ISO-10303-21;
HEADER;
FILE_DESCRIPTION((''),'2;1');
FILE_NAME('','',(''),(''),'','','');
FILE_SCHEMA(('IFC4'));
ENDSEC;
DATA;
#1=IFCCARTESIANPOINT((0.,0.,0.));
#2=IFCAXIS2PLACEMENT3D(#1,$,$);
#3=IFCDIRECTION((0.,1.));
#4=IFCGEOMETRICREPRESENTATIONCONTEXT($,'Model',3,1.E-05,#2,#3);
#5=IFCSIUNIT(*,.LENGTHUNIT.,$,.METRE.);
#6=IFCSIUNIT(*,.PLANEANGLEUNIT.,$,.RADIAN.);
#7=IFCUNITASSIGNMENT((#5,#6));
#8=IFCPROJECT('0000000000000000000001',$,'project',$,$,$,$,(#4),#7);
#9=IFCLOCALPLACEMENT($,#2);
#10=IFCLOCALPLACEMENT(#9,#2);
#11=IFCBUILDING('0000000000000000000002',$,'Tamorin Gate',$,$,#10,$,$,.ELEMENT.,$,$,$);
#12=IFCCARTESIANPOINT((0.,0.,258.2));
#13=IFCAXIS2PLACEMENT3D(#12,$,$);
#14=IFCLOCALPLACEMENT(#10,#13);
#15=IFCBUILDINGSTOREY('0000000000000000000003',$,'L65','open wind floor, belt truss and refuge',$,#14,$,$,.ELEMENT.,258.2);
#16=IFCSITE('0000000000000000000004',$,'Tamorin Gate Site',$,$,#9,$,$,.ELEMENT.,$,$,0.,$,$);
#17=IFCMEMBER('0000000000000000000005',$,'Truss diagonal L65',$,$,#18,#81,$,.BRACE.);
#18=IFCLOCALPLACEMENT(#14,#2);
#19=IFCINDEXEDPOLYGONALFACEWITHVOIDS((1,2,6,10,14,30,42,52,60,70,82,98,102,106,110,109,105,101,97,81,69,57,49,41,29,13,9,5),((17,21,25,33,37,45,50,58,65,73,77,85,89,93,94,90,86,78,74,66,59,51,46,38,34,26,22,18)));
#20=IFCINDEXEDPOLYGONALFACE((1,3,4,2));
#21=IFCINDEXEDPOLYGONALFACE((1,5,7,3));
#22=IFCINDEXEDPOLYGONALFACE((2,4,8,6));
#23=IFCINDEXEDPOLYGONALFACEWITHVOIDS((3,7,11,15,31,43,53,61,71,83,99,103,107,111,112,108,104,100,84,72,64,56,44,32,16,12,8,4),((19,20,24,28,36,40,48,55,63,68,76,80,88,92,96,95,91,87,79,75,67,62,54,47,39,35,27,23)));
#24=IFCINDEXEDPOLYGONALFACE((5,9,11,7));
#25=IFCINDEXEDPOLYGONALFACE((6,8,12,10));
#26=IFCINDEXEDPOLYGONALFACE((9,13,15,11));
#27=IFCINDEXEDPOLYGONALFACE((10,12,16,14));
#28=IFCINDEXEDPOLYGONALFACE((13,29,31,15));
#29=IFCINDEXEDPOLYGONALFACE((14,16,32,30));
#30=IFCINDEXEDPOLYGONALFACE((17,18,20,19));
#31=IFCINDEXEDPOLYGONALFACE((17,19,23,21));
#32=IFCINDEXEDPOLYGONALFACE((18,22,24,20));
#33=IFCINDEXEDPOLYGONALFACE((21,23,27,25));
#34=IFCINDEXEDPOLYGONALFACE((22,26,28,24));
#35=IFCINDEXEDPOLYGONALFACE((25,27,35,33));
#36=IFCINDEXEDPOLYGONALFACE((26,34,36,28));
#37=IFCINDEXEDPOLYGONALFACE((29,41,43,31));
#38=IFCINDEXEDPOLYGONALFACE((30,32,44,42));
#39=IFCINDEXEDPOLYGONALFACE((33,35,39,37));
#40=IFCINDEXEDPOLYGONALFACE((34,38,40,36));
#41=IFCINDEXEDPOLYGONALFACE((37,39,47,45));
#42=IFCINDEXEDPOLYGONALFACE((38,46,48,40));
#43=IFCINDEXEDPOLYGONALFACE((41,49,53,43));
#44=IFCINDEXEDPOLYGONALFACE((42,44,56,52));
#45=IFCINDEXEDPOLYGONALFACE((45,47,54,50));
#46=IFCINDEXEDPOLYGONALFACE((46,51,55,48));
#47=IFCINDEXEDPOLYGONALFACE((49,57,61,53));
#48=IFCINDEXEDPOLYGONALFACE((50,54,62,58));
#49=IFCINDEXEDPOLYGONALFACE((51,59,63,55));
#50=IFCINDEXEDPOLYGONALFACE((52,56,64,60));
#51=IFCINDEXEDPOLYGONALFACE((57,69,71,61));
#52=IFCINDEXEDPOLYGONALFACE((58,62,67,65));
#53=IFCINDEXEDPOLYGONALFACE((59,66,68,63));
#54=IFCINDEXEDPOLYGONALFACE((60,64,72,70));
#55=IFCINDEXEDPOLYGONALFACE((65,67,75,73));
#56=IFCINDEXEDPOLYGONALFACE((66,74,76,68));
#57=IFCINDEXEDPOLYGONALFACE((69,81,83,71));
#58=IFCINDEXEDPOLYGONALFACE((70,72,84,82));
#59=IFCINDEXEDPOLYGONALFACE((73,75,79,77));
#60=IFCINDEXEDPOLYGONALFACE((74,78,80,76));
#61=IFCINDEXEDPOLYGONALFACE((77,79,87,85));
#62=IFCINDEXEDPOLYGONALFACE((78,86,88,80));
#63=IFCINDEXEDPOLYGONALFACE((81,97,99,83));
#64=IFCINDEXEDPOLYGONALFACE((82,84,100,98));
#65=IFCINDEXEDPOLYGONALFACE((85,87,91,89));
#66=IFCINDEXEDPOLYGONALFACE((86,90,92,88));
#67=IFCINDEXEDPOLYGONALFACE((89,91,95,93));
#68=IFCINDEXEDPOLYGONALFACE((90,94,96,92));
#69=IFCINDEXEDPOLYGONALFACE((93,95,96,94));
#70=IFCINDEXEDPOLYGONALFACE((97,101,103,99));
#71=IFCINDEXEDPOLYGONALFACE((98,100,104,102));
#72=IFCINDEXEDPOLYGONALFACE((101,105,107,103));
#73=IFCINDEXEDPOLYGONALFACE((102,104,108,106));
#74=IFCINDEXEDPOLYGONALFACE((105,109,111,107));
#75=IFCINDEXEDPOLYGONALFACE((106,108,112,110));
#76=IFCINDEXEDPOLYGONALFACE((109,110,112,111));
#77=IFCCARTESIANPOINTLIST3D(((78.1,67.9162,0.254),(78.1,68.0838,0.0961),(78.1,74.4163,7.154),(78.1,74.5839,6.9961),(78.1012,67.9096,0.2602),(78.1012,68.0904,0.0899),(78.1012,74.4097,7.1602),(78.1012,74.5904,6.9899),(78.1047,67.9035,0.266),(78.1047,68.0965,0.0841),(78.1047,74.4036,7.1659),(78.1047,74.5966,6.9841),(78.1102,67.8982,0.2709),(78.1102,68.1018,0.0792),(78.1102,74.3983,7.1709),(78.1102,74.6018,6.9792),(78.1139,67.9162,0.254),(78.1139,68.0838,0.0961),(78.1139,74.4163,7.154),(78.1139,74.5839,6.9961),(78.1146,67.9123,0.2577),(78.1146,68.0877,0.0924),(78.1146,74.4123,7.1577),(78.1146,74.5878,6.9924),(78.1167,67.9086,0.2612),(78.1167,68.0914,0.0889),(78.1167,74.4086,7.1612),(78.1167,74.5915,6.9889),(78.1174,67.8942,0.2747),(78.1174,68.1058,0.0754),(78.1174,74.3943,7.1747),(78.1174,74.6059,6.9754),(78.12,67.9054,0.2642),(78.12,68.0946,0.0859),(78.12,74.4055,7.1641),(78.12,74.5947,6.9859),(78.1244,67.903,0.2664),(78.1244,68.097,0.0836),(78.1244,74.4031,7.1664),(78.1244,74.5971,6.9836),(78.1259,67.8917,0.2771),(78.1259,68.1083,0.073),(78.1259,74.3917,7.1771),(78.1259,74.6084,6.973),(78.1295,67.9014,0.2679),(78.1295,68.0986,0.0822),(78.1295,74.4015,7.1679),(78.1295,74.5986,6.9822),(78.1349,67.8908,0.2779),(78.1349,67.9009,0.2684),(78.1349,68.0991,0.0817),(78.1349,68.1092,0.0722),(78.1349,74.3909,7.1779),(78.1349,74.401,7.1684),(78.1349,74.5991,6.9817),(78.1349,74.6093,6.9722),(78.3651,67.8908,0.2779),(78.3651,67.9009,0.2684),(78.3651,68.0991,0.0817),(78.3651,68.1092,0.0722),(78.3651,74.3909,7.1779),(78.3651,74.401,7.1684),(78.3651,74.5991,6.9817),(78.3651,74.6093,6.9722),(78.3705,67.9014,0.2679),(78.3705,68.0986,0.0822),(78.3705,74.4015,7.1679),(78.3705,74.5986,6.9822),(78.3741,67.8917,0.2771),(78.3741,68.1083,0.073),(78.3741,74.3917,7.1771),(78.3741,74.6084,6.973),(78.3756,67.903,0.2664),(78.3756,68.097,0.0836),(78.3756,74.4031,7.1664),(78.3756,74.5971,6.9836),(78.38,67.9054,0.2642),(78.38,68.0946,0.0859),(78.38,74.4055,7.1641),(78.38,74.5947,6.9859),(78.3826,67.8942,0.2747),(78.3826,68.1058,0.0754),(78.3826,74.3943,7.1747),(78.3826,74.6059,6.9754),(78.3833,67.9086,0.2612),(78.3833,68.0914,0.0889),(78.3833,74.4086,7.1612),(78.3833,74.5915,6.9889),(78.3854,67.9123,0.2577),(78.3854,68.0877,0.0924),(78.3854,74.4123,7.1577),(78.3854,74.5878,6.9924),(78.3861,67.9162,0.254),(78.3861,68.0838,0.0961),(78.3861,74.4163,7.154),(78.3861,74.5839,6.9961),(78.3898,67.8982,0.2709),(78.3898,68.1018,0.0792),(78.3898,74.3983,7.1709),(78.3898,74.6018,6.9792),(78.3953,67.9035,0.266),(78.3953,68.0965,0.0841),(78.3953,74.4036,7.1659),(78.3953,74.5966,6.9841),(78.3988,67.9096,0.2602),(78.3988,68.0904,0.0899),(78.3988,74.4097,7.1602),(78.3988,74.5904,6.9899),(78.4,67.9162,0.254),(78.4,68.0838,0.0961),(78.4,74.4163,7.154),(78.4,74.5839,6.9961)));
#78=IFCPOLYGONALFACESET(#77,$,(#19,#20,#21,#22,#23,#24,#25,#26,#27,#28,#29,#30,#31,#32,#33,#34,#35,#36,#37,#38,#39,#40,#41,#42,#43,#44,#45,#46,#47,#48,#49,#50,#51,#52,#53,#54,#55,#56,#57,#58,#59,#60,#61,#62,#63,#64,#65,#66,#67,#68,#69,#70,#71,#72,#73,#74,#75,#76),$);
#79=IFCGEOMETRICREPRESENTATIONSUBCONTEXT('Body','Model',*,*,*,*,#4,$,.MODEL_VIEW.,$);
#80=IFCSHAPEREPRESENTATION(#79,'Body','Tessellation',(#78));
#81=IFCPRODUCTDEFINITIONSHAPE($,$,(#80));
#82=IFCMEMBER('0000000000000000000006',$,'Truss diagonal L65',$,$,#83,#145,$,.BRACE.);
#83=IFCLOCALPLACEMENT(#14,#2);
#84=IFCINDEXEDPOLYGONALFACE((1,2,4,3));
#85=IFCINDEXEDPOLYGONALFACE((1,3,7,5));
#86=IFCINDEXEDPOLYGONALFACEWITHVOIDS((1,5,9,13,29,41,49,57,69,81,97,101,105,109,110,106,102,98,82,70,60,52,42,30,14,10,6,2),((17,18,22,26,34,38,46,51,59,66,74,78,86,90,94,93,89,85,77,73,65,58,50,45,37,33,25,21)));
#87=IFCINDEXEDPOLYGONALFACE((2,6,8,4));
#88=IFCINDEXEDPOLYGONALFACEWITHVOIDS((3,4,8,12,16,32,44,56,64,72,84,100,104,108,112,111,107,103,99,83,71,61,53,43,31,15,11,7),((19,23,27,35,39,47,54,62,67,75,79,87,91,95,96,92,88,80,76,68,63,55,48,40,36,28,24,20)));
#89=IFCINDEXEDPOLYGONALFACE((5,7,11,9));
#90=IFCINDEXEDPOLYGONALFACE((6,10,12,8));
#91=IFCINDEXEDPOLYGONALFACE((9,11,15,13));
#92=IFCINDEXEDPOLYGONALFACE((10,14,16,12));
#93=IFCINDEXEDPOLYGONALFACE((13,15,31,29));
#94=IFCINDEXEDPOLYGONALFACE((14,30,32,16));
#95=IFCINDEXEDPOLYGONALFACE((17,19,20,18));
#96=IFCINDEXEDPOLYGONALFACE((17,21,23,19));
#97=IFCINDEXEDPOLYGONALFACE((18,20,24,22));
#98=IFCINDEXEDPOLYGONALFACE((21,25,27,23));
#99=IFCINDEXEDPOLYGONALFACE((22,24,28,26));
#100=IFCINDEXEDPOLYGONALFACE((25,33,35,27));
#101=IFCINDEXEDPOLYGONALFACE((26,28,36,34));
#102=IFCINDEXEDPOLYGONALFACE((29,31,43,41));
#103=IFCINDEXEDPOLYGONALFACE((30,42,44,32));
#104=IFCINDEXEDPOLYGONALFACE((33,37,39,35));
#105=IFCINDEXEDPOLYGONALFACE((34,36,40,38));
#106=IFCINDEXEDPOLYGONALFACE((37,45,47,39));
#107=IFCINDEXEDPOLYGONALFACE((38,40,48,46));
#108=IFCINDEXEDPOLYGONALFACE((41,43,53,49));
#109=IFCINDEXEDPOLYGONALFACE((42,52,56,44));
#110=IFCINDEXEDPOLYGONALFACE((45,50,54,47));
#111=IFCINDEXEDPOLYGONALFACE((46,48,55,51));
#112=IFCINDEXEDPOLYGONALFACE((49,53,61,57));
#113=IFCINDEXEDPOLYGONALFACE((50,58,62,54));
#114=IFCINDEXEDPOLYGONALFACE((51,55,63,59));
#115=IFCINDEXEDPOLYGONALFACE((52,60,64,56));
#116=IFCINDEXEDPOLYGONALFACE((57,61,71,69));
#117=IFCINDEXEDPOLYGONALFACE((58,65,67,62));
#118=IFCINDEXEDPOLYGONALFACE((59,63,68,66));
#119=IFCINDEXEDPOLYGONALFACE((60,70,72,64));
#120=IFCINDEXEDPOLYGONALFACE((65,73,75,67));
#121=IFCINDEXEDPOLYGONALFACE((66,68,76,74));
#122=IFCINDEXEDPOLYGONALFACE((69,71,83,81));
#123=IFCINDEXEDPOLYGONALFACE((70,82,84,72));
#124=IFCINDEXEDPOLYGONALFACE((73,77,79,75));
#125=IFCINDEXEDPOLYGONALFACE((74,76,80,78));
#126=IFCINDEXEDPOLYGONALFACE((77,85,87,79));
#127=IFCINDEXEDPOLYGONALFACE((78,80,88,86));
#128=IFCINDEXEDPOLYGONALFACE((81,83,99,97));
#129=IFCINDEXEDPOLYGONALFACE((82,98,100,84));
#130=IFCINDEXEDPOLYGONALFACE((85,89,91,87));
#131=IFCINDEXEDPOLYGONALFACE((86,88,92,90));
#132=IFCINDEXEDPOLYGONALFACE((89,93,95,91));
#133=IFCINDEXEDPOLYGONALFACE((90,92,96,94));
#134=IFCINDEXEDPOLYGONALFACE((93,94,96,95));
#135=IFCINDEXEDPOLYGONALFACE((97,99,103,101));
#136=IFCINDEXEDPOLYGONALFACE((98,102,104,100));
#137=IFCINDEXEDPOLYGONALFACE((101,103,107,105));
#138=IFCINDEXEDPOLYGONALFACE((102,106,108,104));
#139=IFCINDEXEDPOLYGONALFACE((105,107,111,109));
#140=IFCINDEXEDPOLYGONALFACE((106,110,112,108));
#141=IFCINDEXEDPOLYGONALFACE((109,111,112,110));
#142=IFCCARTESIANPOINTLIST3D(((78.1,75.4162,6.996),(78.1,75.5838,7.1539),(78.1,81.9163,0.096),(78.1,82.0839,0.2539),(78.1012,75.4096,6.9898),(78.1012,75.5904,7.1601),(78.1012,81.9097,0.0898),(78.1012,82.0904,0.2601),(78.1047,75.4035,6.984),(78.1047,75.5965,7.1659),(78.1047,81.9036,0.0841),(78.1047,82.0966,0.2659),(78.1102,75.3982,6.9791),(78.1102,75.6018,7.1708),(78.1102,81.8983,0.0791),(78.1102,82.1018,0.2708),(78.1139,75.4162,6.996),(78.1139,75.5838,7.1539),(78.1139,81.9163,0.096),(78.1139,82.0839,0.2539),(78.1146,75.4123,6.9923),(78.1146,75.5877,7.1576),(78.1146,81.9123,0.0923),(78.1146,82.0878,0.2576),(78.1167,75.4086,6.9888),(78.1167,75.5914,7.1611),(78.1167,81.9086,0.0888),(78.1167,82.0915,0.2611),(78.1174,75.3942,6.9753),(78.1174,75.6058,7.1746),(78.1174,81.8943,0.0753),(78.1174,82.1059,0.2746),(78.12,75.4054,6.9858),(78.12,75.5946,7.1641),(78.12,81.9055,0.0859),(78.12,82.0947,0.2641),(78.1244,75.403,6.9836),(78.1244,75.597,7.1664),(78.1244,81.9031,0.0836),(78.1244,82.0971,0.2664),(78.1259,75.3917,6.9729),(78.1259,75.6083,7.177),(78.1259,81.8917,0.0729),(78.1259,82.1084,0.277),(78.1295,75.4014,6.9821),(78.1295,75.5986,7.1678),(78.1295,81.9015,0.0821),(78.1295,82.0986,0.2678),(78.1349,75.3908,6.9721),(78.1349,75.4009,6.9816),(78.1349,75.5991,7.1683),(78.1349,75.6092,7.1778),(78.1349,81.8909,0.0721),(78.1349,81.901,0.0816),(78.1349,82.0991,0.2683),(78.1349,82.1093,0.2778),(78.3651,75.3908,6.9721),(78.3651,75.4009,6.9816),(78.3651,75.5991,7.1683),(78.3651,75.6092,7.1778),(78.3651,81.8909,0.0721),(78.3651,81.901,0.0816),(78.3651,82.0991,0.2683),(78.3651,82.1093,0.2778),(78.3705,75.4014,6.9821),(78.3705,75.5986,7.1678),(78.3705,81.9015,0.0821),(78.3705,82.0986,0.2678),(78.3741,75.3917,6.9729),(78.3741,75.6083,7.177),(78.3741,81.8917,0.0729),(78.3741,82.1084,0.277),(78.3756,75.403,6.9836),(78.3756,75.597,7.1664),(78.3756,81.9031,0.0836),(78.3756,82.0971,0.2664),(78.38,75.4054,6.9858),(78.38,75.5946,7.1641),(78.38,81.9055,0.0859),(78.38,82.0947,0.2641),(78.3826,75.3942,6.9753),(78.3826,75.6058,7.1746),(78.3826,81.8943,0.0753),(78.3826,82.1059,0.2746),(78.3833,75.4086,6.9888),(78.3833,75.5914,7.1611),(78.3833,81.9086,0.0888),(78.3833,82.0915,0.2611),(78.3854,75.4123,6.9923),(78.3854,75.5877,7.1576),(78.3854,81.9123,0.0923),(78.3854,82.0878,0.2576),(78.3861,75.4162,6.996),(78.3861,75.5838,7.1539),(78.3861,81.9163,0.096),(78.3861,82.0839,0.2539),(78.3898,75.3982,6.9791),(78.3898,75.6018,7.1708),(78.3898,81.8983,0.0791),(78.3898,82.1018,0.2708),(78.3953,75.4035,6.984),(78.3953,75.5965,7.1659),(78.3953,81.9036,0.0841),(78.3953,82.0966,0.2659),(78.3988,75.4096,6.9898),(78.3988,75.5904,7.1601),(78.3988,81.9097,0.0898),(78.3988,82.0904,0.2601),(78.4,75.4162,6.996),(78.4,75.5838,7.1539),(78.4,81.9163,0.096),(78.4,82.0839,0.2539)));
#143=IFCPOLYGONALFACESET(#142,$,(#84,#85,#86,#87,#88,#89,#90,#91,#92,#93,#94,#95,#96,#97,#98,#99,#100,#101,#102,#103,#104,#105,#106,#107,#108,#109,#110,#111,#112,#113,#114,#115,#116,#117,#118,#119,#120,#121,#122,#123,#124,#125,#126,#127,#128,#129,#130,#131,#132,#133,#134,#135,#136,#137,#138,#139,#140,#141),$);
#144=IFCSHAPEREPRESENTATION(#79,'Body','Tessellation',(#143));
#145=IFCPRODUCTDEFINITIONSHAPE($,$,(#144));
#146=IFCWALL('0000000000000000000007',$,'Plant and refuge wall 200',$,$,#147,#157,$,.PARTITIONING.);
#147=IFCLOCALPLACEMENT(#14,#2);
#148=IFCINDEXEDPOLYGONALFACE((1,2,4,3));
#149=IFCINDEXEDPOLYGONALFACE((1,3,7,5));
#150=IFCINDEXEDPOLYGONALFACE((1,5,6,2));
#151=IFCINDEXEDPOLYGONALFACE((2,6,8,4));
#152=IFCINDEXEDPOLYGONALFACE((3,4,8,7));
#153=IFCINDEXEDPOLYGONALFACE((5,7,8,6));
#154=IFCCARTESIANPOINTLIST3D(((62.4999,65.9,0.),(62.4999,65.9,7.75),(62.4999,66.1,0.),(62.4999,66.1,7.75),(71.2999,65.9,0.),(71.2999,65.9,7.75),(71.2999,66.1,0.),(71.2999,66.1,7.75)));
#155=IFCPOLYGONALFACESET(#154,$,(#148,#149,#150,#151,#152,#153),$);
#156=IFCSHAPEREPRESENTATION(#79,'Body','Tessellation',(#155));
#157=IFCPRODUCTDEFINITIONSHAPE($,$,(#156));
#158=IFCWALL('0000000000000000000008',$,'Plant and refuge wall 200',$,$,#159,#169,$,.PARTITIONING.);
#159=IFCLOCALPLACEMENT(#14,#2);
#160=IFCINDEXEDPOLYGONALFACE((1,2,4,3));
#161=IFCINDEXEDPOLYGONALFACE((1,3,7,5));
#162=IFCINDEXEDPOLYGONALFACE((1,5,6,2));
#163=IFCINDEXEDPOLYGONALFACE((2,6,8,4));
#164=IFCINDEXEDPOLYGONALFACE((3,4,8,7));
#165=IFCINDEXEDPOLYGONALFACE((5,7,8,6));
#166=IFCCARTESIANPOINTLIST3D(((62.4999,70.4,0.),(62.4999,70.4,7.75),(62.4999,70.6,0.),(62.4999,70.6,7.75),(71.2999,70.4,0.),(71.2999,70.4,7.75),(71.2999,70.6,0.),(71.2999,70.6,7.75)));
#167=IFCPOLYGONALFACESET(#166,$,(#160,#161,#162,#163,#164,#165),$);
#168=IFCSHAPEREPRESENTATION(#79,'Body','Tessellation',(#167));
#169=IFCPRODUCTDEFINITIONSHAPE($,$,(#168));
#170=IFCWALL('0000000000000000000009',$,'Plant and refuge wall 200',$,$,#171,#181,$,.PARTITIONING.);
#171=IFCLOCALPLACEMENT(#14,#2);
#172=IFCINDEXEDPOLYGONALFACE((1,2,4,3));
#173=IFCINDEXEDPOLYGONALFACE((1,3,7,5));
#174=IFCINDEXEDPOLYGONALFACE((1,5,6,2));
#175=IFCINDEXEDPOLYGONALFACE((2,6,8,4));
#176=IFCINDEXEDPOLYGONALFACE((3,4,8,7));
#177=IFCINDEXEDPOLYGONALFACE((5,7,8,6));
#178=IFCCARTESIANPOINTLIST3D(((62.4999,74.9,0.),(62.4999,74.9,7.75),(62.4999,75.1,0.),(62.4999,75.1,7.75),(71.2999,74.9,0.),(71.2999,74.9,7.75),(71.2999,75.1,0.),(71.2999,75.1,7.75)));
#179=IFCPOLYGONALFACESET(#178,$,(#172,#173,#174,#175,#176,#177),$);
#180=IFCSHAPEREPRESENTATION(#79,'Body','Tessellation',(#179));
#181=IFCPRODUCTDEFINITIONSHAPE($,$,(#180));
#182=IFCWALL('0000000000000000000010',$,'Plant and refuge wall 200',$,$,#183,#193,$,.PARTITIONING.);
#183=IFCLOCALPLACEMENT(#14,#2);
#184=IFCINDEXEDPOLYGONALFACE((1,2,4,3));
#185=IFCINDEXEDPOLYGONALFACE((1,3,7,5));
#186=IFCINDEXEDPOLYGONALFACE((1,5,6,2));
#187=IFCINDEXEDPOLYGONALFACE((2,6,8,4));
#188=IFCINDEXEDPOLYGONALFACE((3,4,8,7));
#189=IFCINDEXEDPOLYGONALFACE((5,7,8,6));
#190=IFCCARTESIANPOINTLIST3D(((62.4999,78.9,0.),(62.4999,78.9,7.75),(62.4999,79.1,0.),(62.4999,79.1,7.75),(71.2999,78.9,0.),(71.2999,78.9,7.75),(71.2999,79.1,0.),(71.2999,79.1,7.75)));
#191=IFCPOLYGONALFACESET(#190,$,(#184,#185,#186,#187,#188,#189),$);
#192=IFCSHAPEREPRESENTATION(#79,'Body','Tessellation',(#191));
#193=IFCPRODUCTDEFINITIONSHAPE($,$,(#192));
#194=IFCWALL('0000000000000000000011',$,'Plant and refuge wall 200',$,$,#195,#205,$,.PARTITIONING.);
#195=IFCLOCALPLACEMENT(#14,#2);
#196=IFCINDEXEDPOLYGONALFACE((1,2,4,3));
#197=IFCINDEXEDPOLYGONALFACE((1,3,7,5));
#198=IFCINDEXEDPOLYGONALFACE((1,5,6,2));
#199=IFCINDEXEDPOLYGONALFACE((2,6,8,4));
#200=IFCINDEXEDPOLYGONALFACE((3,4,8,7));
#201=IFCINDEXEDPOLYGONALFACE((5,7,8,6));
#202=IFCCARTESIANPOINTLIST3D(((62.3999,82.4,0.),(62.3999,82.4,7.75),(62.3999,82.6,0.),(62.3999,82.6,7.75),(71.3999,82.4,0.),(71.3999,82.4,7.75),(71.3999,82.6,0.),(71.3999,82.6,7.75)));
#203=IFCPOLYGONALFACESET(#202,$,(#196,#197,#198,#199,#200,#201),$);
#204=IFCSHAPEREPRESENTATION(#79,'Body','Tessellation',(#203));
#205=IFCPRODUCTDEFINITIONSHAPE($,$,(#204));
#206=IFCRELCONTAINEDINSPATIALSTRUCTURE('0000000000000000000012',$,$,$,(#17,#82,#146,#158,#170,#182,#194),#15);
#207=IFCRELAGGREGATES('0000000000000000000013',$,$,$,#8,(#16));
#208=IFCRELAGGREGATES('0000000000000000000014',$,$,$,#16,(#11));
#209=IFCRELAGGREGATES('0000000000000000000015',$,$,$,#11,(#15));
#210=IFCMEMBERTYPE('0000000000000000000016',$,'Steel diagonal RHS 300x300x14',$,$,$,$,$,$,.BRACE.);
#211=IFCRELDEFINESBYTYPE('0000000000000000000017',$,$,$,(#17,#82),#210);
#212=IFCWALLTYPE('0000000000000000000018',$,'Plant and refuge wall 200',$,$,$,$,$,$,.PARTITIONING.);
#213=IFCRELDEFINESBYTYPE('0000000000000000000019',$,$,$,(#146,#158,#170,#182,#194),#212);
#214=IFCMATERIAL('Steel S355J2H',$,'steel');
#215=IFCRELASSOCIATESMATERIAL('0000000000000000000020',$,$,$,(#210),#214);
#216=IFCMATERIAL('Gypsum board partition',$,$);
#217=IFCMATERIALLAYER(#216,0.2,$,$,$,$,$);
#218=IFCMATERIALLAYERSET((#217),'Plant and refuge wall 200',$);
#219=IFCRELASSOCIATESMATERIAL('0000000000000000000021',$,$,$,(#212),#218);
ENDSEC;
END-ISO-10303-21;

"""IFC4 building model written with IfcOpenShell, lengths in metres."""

from ifc_helpers import new_model, si_unit, direction, frame, frame_2d, origin, origin_2d, place, context, subcontext, project, spatial, rectangle, hollow_rectangle, extrude, material, layer, layer_set, material_profile, profile_set, type_object, element, save


model = new_model("IFC4")

# Units and contexts
model_context = context("Model", 3, precision=1e-05, world=origin(), true_north=direction((0.0, 1.0)))
body_context = subcontext(model_context, "Body", "Model", "MODEL_VIEW")
ifc_project = project(units=[si_unit("LENGTHUNIT", "METRE"), si_unit("PLANEANGLEUNIT", "RADIAN")], contexts=[model_context])

# Site, building, storey
site_placement = place(None, origin())
site = spatial("IfcSite", under=ifc_project, at=site_placement, Name="Tamorin Gate Site", CompositionType="ELEMENT", RefElevation=0.0)
building_placement = place(site_placement, origin())
building = spatial("IfcBuilding", under=site, at=building_placement, Name="Tamorin Gate", CompositionType="ELEMENT")
storey_placement = place(building_placement, frame((0.0, 0.0, 258.2)))
storey = spatial("IfcBuildingStorey", under=building, at=storey_placement, Name="L65", Description="open wind floor, belt truss and refuge", CompositionType="ELEMENT", Elevation=258.2)

# Members
ifc_material_1 = material(Name="Steel S355J2H", Category="steel")
ifc_material_profile_1 = material_profile(ifc_material_1, hollow_rectangle(XDim=0.3, YDim=0.3, WallThickness=0.0139, InnerFilletRadius=0.021, OuterFilletRadius=0.0349, at=origin_2d()), Name="RHS 300x300x14")
ifc_profile_set_1 = profile_set([ifc_material_profile_1], Name="Steel S355J2H")
member_type_1 = type_object("IfcMemberType", Name="Steel diagonal RHS 300x300x14", PredefinedType="BRACE", material=ifc_profile_set_1)
for number, where, z_axis, x_axis, name in (
    (1, (78.25, 68.0, 0.175), (0.0, 0.685699, 0.727885), (-1.0, 0.0, 0.0), "Truss diagonal L65"),
    (2, (78.25, 75.5, 7.075), (0.0, 0.685699, -0.727885), (-1.0, 0.0, 0.0), "Truss diagonal L65"),
):
    element("IfcMember", number, at=place(storey_placement, frame(where, z_axis=z_axis, x_axis=x_axis)), inside=storey, type_object=member_type_1, Name=name, PredefinedType="BRACE", context=body_context, shape_type="SweptSolid", body=[
        extrude(hollow_rectangle(XDim=0.3, YDim=0.3, WallThickness=0.0139, InnerFilletRadius=0.021, OuterFilletRadius=0.0349, at=origin_2d()), origin(), (0.0, 0.0, 1.0), 9.4795),
    ])

# Walls
ifc_material_2 = material(Name="Gypsum board partition")
ifc_layer_1 = layer(ifc_material_2, 0.2)
ifc_layer_set_1 = layer_set([ifc_layer_1], Name="Plant and refuge wall 200")
wall_type_1 = type_object("IfcWallType", Name="Plant and refuge wall 200", PredefinedType="PARTITIONING", material=ifc_layer_set_1)
for number, where, z_axis, x_axis, name in (
    (3, (62.5, 66.0, 0.0), (0.0, 0.0, 1.0), (1.0, 0.0, 0.0), "Plant and refuge wall 200"),
    (4, (62.5, 70.5, 0.0), (0.0, 0.0, 1.0), (1.0, 0.0, 0.0), "Plant and refuge wall 200"),
    (5, (62.5, 75.0, 0.0), (0.0, 0.0, 1.0), (1.0, 0.0, 0.0), "Plant and refuge wall 200"),
    (6, (62.5, 79.0, 0.0), (0.0, 0.0, 1.0), (1.0, 0.0, 0.0), "Plant and refuge wall 200"),
):
    element("IfcWall", number, at=place(storey_placement, frame(where, z_axis=z_axis, x_axis=x_axis)), inside=storey, type_object=wall_type_1, Name=name, PredefinedType="PARTITIONING", context=body_context, shape_type="SweptSolid", body=[
        extrude(rectangle(XDim=8.8, YDim=0.2, at=frame_2d((4.3999, 0.0))), origin(), (0.0, 0.0, 1.0), 7.75),
    ])
wall_1_placement = place(storey_placement, frame((62.3999, 82.5, 0.0), z_axis=(0.0, 0.0, 1.0), x_axis=(1.0, 0.0, 0.0)))
element("IfcWall", 7, at=wall_1_placement, inside=storey, type_object=wall_type_1, Name="Plant and refuge wall 200", PredefinedType="PARTITIONING", context=body_context, shape_type="SweptSolid", body=[
    extrude(rectangle(XDim=9.0, YDim=0.2, at=frame_2d((4.5, 0.0))), origin(), (0.0, 0.0, 1.0), 7.75),
])

save(model, "model.ifc")
